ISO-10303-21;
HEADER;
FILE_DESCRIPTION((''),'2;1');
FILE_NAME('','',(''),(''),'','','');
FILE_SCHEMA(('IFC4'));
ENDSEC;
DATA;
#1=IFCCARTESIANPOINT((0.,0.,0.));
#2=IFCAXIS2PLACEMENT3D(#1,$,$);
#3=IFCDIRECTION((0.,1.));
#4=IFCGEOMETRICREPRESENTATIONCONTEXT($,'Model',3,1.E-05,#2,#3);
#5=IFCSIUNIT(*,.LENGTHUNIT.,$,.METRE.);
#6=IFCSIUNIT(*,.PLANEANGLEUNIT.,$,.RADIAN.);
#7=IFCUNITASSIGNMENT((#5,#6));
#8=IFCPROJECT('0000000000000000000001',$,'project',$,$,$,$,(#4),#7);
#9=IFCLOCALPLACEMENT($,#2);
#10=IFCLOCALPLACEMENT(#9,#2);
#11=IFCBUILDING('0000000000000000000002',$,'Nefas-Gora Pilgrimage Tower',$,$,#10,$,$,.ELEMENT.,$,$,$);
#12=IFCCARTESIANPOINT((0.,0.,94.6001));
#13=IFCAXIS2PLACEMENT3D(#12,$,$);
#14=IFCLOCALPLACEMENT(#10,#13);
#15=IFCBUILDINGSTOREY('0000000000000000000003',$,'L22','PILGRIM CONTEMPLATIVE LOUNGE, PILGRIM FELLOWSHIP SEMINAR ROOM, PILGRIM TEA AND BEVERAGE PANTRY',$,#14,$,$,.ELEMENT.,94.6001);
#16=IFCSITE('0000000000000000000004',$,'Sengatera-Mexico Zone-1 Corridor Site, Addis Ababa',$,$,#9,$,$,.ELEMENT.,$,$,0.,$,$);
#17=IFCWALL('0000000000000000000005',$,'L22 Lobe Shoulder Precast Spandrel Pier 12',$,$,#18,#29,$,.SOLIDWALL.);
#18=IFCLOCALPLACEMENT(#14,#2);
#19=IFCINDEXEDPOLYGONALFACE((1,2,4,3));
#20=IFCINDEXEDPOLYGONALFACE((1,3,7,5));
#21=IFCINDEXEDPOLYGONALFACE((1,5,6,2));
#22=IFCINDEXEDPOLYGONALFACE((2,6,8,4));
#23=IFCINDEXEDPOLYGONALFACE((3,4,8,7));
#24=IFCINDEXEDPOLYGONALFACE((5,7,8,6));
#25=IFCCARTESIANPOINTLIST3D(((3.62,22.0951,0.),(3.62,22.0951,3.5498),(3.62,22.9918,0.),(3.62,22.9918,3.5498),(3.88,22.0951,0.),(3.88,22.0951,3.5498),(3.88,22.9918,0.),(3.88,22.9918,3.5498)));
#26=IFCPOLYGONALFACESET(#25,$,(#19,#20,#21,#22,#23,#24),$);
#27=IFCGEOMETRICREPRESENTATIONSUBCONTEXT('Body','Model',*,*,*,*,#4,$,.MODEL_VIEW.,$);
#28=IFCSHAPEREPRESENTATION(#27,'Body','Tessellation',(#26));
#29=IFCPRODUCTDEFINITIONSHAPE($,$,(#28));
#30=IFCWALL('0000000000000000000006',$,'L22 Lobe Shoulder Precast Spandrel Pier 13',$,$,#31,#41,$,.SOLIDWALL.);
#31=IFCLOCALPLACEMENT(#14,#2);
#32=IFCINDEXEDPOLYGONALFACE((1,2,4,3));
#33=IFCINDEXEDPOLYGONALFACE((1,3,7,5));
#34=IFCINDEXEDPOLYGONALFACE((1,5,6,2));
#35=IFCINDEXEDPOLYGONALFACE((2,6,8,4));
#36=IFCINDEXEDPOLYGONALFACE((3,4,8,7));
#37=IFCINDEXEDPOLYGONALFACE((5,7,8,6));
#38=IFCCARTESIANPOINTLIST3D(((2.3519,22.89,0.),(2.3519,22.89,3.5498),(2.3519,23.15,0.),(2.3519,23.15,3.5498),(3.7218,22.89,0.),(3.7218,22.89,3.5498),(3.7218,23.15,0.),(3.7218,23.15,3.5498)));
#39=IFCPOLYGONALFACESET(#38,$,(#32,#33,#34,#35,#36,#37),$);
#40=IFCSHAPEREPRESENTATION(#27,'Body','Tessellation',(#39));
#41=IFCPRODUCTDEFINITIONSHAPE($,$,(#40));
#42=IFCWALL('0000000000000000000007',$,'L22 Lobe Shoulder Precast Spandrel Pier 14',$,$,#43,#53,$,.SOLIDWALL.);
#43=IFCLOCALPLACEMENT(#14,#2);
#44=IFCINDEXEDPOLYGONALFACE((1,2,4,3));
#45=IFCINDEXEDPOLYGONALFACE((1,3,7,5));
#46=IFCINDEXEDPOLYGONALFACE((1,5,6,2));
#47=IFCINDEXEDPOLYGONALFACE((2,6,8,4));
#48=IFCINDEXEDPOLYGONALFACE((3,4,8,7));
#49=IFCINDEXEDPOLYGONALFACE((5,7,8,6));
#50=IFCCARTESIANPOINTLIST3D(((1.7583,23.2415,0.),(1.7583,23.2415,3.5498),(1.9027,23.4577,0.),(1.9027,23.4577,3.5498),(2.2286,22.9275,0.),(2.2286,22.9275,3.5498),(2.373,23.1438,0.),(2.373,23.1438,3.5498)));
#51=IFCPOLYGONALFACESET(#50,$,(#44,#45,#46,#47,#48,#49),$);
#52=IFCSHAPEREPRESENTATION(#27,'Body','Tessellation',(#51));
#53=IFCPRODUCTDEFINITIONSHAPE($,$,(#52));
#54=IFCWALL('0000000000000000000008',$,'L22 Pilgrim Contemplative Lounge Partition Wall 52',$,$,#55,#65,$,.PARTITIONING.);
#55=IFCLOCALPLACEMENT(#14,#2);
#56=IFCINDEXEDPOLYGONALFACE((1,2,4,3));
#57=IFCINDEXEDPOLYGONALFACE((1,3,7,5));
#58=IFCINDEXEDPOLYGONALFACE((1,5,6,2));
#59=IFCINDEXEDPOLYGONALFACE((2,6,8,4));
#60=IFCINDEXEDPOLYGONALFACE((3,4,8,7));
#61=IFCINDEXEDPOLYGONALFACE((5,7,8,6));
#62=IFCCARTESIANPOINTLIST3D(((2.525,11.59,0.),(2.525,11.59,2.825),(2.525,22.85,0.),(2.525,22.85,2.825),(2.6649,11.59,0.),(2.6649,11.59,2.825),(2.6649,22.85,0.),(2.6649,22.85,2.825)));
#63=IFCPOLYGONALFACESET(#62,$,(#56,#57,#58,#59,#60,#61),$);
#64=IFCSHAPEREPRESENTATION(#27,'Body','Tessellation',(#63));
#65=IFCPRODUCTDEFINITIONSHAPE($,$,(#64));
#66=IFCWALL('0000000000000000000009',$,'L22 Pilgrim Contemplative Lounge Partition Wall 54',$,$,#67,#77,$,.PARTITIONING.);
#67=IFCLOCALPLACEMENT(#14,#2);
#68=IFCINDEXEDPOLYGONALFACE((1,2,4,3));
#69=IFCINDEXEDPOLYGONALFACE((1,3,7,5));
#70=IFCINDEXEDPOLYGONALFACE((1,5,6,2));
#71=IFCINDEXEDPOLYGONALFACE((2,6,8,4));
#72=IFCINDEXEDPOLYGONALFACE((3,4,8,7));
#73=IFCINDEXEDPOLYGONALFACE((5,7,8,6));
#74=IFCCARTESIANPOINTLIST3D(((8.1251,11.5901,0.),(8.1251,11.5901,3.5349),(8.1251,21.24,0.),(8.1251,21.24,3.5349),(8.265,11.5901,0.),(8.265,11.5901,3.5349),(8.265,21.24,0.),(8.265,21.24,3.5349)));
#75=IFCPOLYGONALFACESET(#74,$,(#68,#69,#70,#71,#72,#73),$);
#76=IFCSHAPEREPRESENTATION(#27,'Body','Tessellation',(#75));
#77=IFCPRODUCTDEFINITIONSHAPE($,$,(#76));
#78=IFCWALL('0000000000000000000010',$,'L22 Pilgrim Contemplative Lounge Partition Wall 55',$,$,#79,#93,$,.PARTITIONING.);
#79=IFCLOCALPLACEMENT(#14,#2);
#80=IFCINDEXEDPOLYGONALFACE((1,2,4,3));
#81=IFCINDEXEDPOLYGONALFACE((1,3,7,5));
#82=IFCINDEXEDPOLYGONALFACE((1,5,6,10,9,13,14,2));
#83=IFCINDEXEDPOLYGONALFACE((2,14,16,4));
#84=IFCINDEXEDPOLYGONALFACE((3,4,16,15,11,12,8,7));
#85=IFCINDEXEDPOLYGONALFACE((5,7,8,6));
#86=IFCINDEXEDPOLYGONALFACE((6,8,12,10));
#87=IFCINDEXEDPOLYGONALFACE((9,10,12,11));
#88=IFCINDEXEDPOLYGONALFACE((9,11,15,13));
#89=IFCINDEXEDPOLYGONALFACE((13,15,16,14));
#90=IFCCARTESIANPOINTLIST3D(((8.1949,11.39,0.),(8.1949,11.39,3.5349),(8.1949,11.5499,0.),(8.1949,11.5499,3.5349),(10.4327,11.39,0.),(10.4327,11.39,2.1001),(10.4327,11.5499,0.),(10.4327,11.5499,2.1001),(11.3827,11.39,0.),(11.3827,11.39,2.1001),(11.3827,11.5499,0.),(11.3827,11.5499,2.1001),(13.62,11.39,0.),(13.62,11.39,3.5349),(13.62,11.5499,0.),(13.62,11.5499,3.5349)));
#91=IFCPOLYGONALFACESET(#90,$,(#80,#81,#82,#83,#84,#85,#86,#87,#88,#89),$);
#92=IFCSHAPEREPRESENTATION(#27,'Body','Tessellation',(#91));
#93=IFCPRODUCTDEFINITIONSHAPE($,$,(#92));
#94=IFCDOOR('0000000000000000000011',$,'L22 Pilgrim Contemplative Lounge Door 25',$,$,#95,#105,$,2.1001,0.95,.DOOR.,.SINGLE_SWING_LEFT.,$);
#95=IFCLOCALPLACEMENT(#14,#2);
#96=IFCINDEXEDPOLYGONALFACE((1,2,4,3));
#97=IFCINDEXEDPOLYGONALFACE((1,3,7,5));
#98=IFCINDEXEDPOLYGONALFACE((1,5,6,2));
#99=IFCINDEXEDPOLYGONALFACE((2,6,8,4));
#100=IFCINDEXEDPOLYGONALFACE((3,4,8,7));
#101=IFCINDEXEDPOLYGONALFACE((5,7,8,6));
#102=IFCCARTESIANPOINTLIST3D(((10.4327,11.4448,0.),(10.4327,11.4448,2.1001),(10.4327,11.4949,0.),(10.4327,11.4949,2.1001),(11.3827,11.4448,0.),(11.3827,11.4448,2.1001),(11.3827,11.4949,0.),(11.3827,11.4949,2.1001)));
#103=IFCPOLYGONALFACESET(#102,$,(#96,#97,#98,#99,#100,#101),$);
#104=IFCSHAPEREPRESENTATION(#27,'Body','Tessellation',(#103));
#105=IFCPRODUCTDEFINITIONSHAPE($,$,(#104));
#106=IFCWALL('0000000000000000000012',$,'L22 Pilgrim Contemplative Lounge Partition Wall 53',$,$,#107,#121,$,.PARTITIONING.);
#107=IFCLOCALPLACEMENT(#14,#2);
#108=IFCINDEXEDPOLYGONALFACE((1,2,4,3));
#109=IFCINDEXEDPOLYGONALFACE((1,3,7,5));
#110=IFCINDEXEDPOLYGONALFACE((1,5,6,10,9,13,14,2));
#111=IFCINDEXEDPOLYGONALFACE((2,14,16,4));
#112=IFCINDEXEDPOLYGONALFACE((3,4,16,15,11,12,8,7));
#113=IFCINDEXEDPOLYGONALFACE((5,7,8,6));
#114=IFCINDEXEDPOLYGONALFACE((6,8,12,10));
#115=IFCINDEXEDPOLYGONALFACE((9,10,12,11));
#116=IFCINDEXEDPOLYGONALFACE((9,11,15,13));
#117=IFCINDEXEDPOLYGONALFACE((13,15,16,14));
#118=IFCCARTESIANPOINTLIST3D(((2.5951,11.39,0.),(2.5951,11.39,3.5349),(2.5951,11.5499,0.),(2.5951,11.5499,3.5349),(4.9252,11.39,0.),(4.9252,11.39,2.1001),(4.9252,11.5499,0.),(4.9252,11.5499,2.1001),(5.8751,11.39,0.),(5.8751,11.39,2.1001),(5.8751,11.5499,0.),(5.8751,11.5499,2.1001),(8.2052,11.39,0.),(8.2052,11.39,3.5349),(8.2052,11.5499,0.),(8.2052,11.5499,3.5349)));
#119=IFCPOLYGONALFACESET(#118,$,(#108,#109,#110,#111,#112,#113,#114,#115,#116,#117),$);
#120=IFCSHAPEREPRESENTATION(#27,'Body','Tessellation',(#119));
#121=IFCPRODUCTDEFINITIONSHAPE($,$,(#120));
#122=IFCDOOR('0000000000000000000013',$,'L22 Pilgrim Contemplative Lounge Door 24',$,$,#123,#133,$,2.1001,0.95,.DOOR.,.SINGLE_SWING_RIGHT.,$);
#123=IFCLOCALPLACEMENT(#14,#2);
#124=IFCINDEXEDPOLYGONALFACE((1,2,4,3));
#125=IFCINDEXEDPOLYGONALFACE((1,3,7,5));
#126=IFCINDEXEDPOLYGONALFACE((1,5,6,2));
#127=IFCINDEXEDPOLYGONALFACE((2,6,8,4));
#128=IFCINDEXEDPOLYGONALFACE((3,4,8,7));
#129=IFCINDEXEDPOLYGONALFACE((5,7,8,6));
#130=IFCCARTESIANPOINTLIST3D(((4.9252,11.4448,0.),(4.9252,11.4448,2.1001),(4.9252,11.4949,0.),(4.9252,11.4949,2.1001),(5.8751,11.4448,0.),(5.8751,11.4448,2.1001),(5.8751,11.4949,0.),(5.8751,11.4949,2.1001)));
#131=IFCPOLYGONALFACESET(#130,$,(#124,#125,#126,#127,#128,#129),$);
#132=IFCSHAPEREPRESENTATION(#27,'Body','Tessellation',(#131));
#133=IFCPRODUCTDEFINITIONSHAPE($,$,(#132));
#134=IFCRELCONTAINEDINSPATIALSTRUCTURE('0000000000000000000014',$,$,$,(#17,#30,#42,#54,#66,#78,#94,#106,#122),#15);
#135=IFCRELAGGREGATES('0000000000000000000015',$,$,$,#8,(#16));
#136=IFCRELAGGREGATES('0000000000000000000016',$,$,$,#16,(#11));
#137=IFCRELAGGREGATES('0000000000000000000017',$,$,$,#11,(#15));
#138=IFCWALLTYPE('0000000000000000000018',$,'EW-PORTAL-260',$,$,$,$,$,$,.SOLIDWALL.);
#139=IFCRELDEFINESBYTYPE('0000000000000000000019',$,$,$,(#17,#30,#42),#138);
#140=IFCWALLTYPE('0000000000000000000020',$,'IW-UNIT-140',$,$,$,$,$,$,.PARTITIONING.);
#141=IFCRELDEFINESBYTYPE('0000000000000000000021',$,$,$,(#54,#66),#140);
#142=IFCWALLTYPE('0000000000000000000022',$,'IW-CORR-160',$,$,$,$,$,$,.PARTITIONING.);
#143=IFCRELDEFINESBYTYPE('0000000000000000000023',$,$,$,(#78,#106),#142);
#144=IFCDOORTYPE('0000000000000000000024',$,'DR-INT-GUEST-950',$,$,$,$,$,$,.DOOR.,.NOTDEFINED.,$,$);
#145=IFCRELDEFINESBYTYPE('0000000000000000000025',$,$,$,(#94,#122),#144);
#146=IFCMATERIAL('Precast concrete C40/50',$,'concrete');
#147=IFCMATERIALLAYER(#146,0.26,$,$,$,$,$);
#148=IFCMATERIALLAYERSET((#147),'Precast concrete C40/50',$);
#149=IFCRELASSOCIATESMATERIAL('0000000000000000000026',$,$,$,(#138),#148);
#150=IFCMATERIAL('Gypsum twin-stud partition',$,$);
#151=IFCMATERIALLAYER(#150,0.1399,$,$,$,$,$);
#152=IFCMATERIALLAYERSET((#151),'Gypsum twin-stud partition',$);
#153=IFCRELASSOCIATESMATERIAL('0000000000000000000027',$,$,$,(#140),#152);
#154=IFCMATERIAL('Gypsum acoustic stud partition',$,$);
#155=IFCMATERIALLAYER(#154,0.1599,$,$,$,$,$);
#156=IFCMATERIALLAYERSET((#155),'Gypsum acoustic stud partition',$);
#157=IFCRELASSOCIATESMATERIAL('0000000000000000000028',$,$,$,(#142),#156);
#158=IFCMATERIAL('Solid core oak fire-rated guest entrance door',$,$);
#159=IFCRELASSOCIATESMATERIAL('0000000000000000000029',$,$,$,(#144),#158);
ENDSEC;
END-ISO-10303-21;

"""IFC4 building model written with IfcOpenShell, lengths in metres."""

from ifc_helpers import new_model, si_unit, direction, frame, frame_2d, origin, place, context, subcontext, project, spatial, rectangle, extrude, source, transform, mapped, material, layer, layer_set, type_object, element, fill, save


model = new_model("IFC4")

# Units and contexts
model_context = context("Model", 3, precision=1e-05, world=origin(), true_north=direction((0.0, 1.0)))
body_context = subcontext(model_context, "Body", "Model", "MODEL_VIEW")
ifc_project = project(units=[si_unit("LENGTHUNIT", "METRE"), si_unit("PLANEANGLEUNIT", "RADIAN")], contexts=[model_context])

# Site, building, storey
site_placement = place(None, origin())
site = spatial("IfcSite", under=ifc_project, at=site_placement, Name="Sengatera-Mexico Zone-1 Corridor Site, Addis Ababa", CompositionType="ELEMENT", RefElevation=0.0)
building_placement = place(site_placement, origin())
building = spatial("IfcBuilding", under=site, at=building_placement, Name="Nefas-Gora Pilgrimage Tower", CompositionType="ELEMENT")
storey_placement = place(building_placement, frame((0.0, 0.0, 94.6001)))
storey = spatial("IfcBuildingStorey", under=building, at=storey_placement, Name="L22", Description="PILGRIM CONTEMPLATIVE LOUNGE, PILGRIM FELLOWSHIP SEMINAR ROOM, PILGRIM TEA AND BEVERAGE PANTRY", CompositionType="ELEMENT", Elevation=94.6001)

# Walls
ifc_material_1 = material(Name="Precast concrete C40/50", Category="concrete")
ifc_layer_1 = layer(ifc_material_1, 0.26)
ifc_layer_set_1 = layer_set([ifc_layer_1], Name="Precast concrete C40/50")
wall_type_1 = type_object("IfcWallType", Name="EW-PORTAL-260", PredefinedType="SOLIDWALL", material=ifc_layer_set_1)
shared_shape_1 = source(origin(), body_context, "Body", "SweptSolid", [
    extrude(rectangle(XDim=0.8967, YDim=0.26, at=frame_2d((0.4482, 0.0))), origin(), (0.0, 0.0, 1.0), 3.5498),
])
wall_1_placement = place(storey_placement, frame((3.75, 22.0952, 0.0), z_axis=(0.0, 0.0, 1.0), x_axis=(0.0, 1.0, 0.0)))
element("IfcWall", 1, at=wall_1_placement, inside=storey, type_object=wall_type_1, Name="L22 Lobe Shoulder Precast Spandrel Pier 12", PredefinedType="SOLIDWALL", context=body_context, shape_type="MappedRepresentation", body=[
    mapped(shared_shape_1, transform((0.0, 0.0, 0.0), x_axis=(1.0, 0.0, 0.0), y_axis=(0.0, 1.0, 0.0), z_axis=(0.0, 0.0, 1.0), scale=1.0)),
])
shared_shape_2 = source(origin(), body_context, "Body", "SweptSolid", [
    extrude(rectangle(XDim=1.3699, YDim=0.26, at=frame_2d((0.6851, 0.0))), origin(), (0.0, 0.0, 1.0), 3.5498),
])
wall_2_placement = place(storey_placement, frame((3.7219, 23.02, 0.0), z_axis=(0.0, 0.0, 1.0), x_axis=(-1.0, 0.0, 0.0)))
element("IfcWall", 2, at=wall_2_placement, inside=storey, type_object=wall_type_1, Name="L22 Lobe Shoulder Precast Spandrel Pier 13", PredefinedType="SOLIDWALL", context=body_context, shape_type="MappedRepresentation", body=[
    mapped(shared_shape_2, transform((0.0, 0.0, 0.0), x_axis=(1.0, 0.0, 0.0), y_axis=(0.0, 1.0, 0.0), z_axis=(0.0, 0.0, 1.0), scale=1.0)),
])
shared_shape_3 = source(origin(), body_context, "Body", "SweptSolid", [
    extrude(rectangle(XDim=0.5654, YDim=0.26, at=frame_2d((0.2827, 0.0))), origin(), (0.0, 0.0, 1.0), 3.5498),
])
wall_3_placement = place(storey_placement, frame((2.3008, 23.0356, 0.0), z_axis=(0.0, 0.0, 1.0), x_axis=(-0.831651, 0.555298, 0.0)))
element("IfcWall", 3, at=wall_3_placement, inside=storey, type_object=wall_type_1, Name="L22 Lobe Shoulder Precast Spandrel Pier 14", PredefinedType="SOLIDWALL", context=body_context, shape_type="MappedRepresentation", body=[
    mapped(shared_shape_3, transform((0.0, 0.0, 0.0), x_axis=(1.0, 0.0, 0.0), y_axis=(0.0, 1.0, 0.0), z_axis=(0.0, 0.0, 1.0), scale=1.0)),
])
ifc_material_2 = material(Name="Gypsum twin-stud partition")
ifc_layer_2 = layer(ifc_material_2, 0.1399)
ifc_layer_set_2 = layer_set([ifc_layer_2], Name="Gypsum twin-stud partition")
wall_type_2 = type_object("IfcWallType", Name="IW-UNIT-140", PredefinedType="PARTITIONING", material=ifc_layer_set_2)
shared_shape_4 = source(origin(), body_context, "Body", "SweptSolid", [
    extrude(rectangle(XDim=11.26, YDim=0.1399, at=frame_2d((5.6299, 0.0))), origin(), (0.0, 0.0, 1.0), 2.825),
])
wall_4_placement = place(storey_placement, frame((2.595, 11.5901, 0.0), z_axis=(0.0, 0.0, 1.0), x_axis=(0.0, 1.0, 0.0)))
element("IfcWall", 4, at=wall_4_placement, inside=storey, type_object=wall_type_2, Name="L22 Pilgrim Contemplative Lounge Partition Wall 52", PredefinedType="PARTITIONING", context=body_context, shape_type="MappedRepresentation", body=[
    mapped(shared_shape_4, transform((0.0, 0.0, 0.0), x_axis=(1.0, 0.0, 0.0), y_axis=(0.0, 1.0, 0.0), z_axis=(0.0, 0.0, 1.0), scale=1.0)),
])
shared_shape_5 = source(origin(), body_context, "Body", "SweptSolid", [
    extrude(rectangle(XDim=9.6499, YDim=0.1399, at=frame_2d((4.825, 0.0))), origin(), (0.0, 0.0, 1.0), 3.5349),
])
wall_5_placement = place(storey_placement, frame((8.1951, 11.5901, 0.0), z_axis=(0.0, 0.0, 1.0), x_axis=(0.0, 1.0, 0.0)))
element("IfcWall", 5, at=wall_5_placement, inside=storey, type_object=wall_type_2, Name="L22 Pilgrim Contemplative Lounge Partition Wall 54", PredefinedType="PARTITIONING", context=body_context, shape_type="MappedRepresentation", body=[
    mapped(shared_shape_5, transform((0.0, 0.0, 0.0), x_axis=(1.0, 0.0, 0.0), y_axis=(0.0, 1.0, 0.0), z_axis=(0.0, 0.0, 1.0), scale=1.0)),
])

# Walls, openings, doors
ifc_material_3 = material(Name="Gypsum acoustic stud partition")
ifc_layer_3 = layer(ifc_material_3, 0.1599)
ifc_layer_set_3 = layer_set([ifc_layer_3], Name="Gypsum acoustic stud partition")
wall_type_3 = type_object("IfcWallType", Name="IW-CORR-160", PredefinedType="PARTITIONING", material=ifc_layer_set_3)
shared_shape_6 = source(origin(), body_context, "Body", "SweptSolid", [
    extrude(rectangle(XDim=5.425, YDim=0.1599, at=frame_2d((2.7124, 0.0))), origin(), (0.0, 0.0, 1.0), 3.5349),
])
wall_6_placement = place(storey_placement, frame((8.1951, 11.47, 0.0), z_axis=(0.0, 0.0, 1.0), x_axis=(1.0, 0.0, 0.0)))
wall_6 = element("IfcWall", 6, at=wall_6_placement, inside=storey, type_object=wall_type_3, Name="L22 Pilgrim Contemplative Lounge Partition Wall 55", PredefinedType="PARTITIONING", context=body_context, shape_type="MappedRepresentation", body=[
    mapped(shared_shape_6, transform((0.0, 0.0, 0.0), x_axis=(1.0, 0.0, 0.0), y_axis=(0.0, 1.0, 0.0), z_axis=(0.0, 0.0, 1.0), scale=1.0)),
])
opening_1_placement = place(wall_6_placement, frame((2.2375, 0.0, 0.0)))
opening_1 = element("IfcOpeningElement", 7, at=opening_1_placement, cuts=wall_6, PredefinedType="OPENING", context=body_context, shape_type="SweptSolid", body=[
    extrude(rectangle(XDim=0.95, YDim=2.1001, at=frame_2d((0.4751, 1.05))), frame((0.0, 0.0898, 0.0), z_axis=(0.0, -1.0, 0.0), x_axis=(1.0, 0.0, 0.0)), (0.0, 0.0, 1.0), 0.1799),
])
ifc_material_4 = material(Name="Solid core oak fire-rated guest entrance door")
door_type = type_object("IfcDoorType", Name="DR-INT-GUEST-950", OperationType="NOTDEFINED", PredefinedType="DOOR", material=ifc_material_4)
shared_shape_7 = source(origin(), body_context, "Body", "SweptSolid", [
    extrude(rectangle(XDim=0.95, YDim=2.1001, at=frame_2d((0.4751, 1.05))), frame((0.0, 0.0249, 0.0), z_axis=(0.0, -1.0, 0.0), x_axis=(1.0, 0.0, 0.0)), (0.0, 0.0, 1.0), 0.05),
])
door_1_placement = place(opening_1_placement, origin())
door_1 = element("IfcDoor", 8, at=door_1_placement, inside=storey, type_object=door_type, Name="L22 Pilgrim Contemplative Lounge Door 25", OperationType="SINGLE_SWING_LEFT", OverallHeight=2.1001, OverallWidth=0.95, PredefinedType="DOOR", context=body_context, shape_type="MappedRepresentation", body=[
    mapped(shared_shape_7, transform((0.0, 0.0, 0.0), x_axis=(1.0, 0.0, 0.0), y_axis=(0.0, 1.0, 0.0), z_axis=(0.0, 0.0, 1.0), scale=1.0)),
])
fill(opening_1, door_1)
shared_shape_8 = source(origin(), body_context, "Body", "SweptSolid", [
    extrude(rectangle(XDim=5.6101, YDim=0.1599, at=frame_2d((2.8052, 0.0))), origin(), (0.0, 0.0, 1.0), 3.5349),
])
wall_7_placement = place(storey_placement, frame((2.595, 11.47, 0.0), z_axis=(0.0, 0.0, 1.0), x_axis=(1.0, 0.0, 0.0)))
wall_7 = element("IfcWall", 9, at=wall_7_placement, inside=storey, type_object=wall_type_3, Name="L22 Pilgrim Contemplative Lounge Partition Wall 53", PredefinedType="PARTITIONING", context=body_context, shape_type="MappedRepresentation", body=[
    mapped(shared_shape_8, transform((0.0, 0.0, 0.0), x_axis=(1.0, 0.0, 0.0), y_axis=(0.0, 1.0, 0.0), z_axis=(0.0, 0.0, 1.0), scale=1.0)),
])
opening_2_placement = place(wall_7_placement, frame((2.3301, 0.0, 0.0)))
opening_2 = element("IfcOpeningElement", 10, at=opening_2_placement, cuts=wall_7, PredefinedType="OPENING", context=body_context, shape_type="SweptSolid", body=[
    extrude(rectangle(XDim=0.95, YDim=2.1001, at=frame_2d((0.4751, 1.05))), frame((0.0, 0.0898, 0.0), z_axis=(0.0, -1.0, 0.0), x_axis=(1.0, 0.0, 0.0)), (0.0, 0.0, 1.0), 0.1799),
])
door_2_placement = place(opening_2_placement, origin())
door_2 = element("IfcDoor", 11, at=door_2_placement, inside=storey, type_object=door_type, Name="L22 Pilgrim Contemplative Lounge Door 24", OperationType="SINGLE_SWING_RIGHT", OverallHeight=2.1001, OverallWidth=0.95, PredefinedType="DOOR", context=body_context, shape_type="MappedRepresentation", body=[
    mapped(shared_shape_7, transform((0.0, 0.0, 0.0), x_axis=(1.0, 0.0, 0.0), y_axis=(0.0, 1.0, 0.0), z_axis=(0.0, 0.0, 1.0), scale=1.0)),
])
fill(opening_2, door_2)

save(model, "model.ifc")
